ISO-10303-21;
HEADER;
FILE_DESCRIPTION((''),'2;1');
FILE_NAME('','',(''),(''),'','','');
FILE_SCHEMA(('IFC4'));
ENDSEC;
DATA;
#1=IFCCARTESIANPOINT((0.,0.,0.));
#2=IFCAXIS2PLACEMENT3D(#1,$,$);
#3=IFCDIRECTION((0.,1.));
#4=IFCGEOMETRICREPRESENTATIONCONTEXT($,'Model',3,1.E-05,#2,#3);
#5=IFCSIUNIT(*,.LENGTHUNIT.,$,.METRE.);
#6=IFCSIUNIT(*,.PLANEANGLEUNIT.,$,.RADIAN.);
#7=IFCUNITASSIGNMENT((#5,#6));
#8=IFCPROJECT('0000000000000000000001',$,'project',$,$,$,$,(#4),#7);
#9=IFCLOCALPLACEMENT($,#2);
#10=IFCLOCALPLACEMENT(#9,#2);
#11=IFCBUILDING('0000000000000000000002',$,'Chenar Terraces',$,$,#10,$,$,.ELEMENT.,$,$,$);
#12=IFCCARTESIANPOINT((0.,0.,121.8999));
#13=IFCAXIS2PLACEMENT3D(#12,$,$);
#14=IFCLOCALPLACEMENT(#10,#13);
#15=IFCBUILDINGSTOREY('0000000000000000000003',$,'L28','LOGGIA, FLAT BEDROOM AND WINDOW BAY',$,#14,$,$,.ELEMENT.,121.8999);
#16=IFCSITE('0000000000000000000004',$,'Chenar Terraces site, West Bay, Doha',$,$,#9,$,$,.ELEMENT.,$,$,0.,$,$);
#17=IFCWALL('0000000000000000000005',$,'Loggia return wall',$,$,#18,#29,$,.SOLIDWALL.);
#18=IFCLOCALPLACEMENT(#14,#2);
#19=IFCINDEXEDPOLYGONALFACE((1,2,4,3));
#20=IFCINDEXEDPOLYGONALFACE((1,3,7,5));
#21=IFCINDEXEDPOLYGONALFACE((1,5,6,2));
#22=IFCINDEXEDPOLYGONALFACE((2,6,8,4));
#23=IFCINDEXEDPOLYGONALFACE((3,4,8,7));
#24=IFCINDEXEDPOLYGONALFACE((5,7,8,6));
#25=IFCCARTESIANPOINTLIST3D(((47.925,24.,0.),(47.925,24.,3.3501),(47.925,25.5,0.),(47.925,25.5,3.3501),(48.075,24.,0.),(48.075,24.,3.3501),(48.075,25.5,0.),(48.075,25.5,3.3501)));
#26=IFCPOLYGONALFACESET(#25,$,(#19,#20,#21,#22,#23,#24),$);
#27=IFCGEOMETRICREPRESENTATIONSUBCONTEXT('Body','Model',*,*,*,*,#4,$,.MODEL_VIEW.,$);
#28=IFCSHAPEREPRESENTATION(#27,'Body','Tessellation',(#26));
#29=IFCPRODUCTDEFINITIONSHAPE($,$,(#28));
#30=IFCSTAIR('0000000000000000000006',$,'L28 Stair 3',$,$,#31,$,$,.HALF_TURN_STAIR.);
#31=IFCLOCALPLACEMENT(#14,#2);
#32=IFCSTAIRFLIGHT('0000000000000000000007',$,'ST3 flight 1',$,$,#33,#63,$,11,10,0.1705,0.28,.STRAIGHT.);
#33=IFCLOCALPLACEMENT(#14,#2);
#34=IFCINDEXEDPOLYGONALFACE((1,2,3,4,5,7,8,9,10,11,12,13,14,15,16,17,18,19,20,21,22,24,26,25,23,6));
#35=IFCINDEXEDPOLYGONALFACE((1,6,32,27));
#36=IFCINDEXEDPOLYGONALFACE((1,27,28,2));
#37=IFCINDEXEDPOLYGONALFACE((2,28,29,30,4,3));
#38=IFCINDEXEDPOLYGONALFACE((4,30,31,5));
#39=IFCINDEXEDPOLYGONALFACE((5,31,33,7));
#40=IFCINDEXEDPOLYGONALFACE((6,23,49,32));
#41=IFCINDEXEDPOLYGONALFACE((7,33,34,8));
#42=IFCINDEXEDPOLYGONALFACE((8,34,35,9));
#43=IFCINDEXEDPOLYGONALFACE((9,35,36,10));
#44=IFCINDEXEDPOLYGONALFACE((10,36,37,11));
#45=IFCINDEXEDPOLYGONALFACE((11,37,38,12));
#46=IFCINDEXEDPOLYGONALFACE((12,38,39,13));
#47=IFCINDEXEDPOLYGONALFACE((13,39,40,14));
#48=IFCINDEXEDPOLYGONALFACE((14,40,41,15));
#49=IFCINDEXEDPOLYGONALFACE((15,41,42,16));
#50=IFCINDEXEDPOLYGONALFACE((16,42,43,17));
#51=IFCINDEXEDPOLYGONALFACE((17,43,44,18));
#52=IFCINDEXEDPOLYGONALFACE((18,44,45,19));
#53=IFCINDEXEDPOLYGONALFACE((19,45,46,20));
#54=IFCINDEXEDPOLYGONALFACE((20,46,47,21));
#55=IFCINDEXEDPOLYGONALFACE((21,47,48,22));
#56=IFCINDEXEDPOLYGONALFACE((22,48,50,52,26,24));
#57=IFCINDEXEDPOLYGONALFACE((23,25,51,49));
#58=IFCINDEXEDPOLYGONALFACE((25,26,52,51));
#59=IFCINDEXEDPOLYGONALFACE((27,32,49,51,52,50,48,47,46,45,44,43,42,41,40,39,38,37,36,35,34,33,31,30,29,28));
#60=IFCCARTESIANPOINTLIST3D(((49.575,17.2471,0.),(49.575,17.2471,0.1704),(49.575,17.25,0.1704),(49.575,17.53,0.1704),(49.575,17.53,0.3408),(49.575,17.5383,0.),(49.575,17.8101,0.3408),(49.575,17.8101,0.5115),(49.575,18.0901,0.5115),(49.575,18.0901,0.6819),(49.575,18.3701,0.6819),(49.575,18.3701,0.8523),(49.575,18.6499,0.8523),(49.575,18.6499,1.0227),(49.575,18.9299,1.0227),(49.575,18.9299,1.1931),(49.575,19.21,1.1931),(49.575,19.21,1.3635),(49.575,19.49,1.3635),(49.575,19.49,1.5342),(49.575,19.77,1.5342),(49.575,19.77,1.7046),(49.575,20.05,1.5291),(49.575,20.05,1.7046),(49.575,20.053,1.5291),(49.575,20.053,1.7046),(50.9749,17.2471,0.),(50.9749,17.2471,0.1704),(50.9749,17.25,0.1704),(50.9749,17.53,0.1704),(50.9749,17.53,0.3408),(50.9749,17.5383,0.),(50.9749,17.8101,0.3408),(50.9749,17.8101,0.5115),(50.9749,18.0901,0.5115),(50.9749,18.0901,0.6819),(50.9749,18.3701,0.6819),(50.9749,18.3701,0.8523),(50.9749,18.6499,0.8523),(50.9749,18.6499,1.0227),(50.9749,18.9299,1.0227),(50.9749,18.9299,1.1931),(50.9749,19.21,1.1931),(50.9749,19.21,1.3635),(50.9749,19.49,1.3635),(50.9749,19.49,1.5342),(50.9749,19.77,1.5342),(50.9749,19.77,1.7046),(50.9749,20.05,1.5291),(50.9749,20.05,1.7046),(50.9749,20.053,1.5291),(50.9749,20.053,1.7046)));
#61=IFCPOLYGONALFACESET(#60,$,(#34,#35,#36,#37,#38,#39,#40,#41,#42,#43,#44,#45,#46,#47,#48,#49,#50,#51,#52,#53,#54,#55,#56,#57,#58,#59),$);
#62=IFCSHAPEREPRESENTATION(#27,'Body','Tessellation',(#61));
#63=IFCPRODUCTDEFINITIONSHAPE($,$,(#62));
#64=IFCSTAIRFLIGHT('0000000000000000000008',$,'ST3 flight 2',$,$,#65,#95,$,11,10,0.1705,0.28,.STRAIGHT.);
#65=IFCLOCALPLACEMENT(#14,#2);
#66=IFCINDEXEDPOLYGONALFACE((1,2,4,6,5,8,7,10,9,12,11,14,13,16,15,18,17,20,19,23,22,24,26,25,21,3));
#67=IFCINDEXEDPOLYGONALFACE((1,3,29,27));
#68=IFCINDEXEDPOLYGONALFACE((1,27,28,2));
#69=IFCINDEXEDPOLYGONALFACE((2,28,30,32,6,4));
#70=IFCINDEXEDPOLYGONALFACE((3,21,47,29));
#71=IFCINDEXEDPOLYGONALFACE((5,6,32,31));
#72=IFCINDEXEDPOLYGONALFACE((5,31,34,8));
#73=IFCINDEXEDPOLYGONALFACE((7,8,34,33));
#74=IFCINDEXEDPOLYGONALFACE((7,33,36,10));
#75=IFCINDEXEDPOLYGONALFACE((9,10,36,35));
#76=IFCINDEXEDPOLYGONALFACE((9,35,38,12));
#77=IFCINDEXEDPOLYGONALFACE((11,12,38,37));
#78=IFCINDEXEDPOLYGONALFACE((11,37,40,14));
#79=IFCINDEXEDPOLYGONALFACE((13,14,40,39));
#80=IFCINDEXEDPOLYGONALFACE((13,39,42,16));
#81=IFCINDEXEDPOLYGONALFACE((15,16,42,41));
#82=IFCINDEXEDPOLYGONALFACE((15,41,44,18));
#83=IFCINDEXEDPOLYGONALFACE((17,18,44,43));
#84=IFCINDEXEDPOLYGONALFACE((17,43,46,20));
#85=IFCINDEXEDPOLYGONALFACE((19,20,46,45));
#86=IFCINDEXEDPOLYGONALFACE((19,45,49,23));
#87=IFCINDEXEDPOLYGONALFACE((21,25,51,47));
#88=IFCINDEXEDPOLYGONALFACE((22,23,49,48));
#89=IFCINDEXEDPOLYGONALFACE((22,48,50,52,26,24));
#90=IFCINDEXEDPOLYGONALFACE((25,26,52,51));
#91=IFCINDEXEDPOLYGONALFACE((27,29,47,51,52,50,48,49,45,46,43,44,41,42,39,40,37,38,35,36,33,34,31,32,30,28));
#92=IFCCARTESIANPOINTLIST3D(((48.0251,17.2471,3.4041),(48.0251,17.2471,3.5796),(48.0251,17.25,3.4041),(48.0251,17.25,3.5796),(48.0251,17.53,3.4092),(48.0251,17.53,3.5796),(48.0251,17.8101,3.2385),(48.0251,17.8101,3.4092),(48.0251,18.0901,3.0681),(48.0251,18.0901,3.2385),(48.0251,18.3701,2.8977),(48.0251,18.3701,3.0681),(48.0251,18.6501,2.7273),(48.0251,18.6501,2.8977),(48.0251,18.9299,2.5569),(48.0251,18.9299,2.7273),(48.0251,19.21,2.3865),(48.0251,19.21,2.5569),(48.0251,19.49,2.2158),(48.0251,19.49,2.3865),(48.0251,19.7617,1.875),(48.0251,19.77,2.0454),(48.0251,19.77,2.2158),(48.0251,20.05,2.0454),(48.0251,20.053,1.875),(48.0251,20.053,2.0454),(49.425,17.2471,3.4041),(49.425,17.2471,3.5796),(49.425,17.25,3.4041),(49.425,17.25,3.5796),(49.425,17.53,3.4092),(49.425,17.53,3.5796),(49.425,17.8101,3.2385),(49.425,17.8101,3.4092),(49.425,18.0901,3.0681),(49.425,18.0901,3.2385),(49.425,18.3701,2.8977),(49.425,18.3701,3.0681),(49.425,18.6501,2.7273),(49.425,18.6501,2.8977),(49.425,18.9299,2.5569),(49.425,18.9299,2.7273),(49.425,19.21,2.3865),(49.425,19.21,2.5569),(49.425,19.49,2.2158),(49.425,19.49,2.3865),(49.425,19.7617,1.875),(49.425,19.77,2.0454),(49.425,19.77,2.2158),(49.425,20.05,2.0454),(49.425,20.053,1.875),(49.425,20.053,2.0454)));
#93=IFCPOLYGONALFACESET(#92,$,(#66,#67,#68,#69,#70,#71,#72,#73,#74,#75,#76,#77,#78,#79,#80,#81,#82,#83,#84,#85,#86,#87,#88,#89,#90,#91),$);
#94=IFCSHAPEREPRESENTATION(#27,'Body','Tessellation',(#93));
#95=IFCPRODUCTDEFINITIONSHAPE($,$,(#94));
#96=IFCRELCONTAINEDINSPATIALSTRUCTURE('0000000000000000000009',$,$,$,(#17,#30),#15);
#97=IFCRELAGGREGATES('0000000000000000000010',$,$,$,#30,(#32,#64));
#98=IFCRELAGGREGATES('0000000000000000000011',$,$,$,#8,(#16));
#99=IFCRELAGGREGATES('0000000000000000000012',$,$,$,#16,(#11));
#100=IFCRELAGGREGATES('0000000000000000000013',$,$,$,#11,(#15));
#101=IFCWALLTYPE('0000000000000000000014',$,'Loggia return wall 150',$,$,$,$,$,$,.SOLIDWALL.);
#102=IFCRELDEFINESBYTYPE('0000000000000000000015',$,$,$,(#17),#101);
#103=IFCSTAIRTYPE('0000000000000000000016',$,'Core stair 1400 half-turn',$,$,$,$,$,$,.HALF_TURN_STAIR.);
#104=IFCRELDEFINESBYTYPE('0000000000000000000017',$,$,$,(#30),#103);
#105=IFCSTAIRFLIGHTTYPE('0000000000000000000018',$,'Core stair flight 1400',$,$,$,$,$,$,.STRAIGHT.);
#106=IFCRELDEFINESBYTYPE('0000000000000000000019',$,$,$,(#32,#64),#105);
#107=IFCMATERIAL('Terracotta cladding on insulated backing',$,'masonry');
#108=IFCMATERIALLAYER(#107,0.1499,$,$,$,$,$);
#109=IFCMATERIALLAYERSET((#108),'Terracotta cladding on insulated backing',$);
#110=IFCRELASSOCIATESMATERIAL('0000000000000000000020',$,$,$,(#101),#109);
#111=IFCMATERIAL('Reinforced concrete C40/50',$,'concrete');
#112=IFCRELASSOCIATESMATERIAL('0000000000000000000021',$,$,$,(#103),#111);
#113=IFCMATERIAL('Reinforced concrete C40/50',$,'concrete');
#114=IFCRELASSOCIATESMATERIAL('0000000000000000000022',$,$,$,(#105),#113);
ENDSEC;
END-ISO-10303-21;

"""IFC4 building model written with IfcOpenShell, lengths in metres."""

from ifc_helpers import new_model, si_unit, direction, frame, frame_2d, origin, place, context, subcontext, project, spatial, polyline, rectangle, outline, extrude, material, layer, layer_set, type_object, element, aggregate, save


model = new_model("IFC4")

# Units and contexts
model_context = context("Model", 3, precision=1e-05, world=origin(), true_north=direction((0.0, 1.0)))
body_context = subcontext(model_context, "Body", "Model", "MODEL_VIEW")
ifc_project = project(units=[si_unit("LENGTHUNIT", "METRE"), si_unit("PLANEANGLEUNIT", "RADIAN")], contexts=[model_context])

# Site, building, storey
site_placement = place(None, origin())
site = spatial("IfcSite", under=ifc_project, at=site_placement, Name="Chenar Terraces site, West Bay, Doha", CompositionType="ELEMENT", RefElevation=0.0)
building_placement = place(site_placement, origin())
building = spatial("IfcBuilding", under=site, at=building_placement, Name="Chenar Terraces", CompositionType="ELEMENT")
storey_placement = place(building_placement, frame((0.0, 0.0, 121.8999)))
storey = spatial("IfcBuildingStorey", under=building, at=storey_placement, Name="L28", Description="LOGGIA, FLAT BEDROOM AND WINDOW BAY", CompositionType="ELEMENT", Elevation=121.8999)

# Wall
ifc_material_1 = material(Name="Terracotta cladding on insulated backing", Category="masonry")
ifc_layer_1 = layer(ifc_material_1, 0.1499)
ifc_layer_set_1 = layer_set([ifc_layer_1], Name="Terracotta cladding on insulated backing")
wall_type_1 = type_object("IfcWallType", Name="Loggia return wall 150", PredefinedType="SOLIDWALL", material=ifc_layer_set_1)
wall_1_placement = place(storey_placement, frame((48.0, 25.5, 0.0), z_axis=(0.0, 0.0, 1.0), x_axis=(0.0, -1.0, 0.0)))
element("IfcWall", 1, at=wall_1_placement, inside=storey, type_object=wall_type_1, Name="Loggia return wall", PredefinedType="SOLIDWALL", context=body_context, shape_type="SweptSolid", body=[
    extrude(rectangle(XDim=1.5, YDim=0.1499, at=frame_2d((0.75, 0.0))), origin(), (0.0, 0.0, 1.0), 3.3501),
])

# Stair, stair flights
ifc_material_2 = material(Name="Reinforced concrete C40/50", Category="concrete")
stair_type = type_object("IfcStairType", Name="Core stair 1400 half-turn", PredefinedType="HALF_TURN_STAIR", material=ifc_material_2)
stair_placement = place(storey_placement, origin())
stair = element("IfcStair", 2, at=stair_placement, inside=storey, type_object=stair_type, Name="L28 Stair 3", PredefinedType="HALF_TURN_STAIR")
ifc_material_3 = material(Name="Reinforced concrete C40/50", Category="concrete")
stair_flight_type = type_object("IfcStairFlightType", Name="Core stair flight 1400", PredefinedType="STRAIGHT", material=ifc_material_3)
stair_flight_1_placement = place(storey_placement, frame((50.2749, 17.25, 0.0), z_axis=(0.0, 0.0, 1.0), x_axis=(0.0, 1.0, 0.0)))
stair_flight_1 = element("IfcStairFlight", 3, at=stair_flight_1_placement, type_object=stair_flight_type, Name="ST3 flight 1", NumberOfRisers=11, NumberOfTreads=10, PredefinedType="STRAIGHT", RiserHeight=0.1705, TreadLength=0.28, context=body_context, shape_type="SweptSolid", body=[
    extrude(outline(polyline([(-0.0029, 0.0), (-0.0029, 0.1704), (0.0, 0.1704), (0.28, 0.1704), (0.28, 0.3408), (0.5601, 0.3408), (0.5601, 0.5115), (0.8401, 0.5115), (0.8401, 0.6819), (1.1201, 0.6819), (1.1201, 0.8523), (1.3999, 0.8523), (1.3999, 1.0227), (1.6799, 1.0227), (1.6799, 1.1931), (1.96, 1.1931), (1.96, 1.3635), (2.24, 1.3635), (2.24, 1.5342), (2.52, 1.5342), (2.52, 1.7046), (2.8, 1.7046), (2.803, 1.7046), (2.803, 1.5291), (2.8, 1.5291), (0.2883, 0.0), (-0.0029, 0.0)])), frame((0.0, 0.7, 0.0), z_axis=(0.0, -1.0, 0.0), x_axis=(1.0, 0.0, 0.0)), (0.0, 0.0, 1.0), 1.3999),
])
stair_flight_2_placement = place(storey_placement, frame((48.7251, 20.05, 1.875), z_axis=(0.0, 0.0, 1.0), x_axis=(0.0, -1.0, 0.0)))
stair_flight_2 = element("IfcStairFlight", 4, at=stair_flight_2_placement, type_object=stair_flight_type, Name="ST3 flight 2", NumberOfRisers=11, NumberOfTreads=10, PredefinedType="STRAIGHT", RiserHeight=0.1705, TreadLength=0.28, context=body_context, shape_type="SweptSolid", body=[
    extrude(outline(polyline([(-0.0029, 0.0), (-0.0029, 0.1704), (0.0, 0.1704), (0.28, 0.1704), (0.28, 0.3408), (0.5601, 0.3408), (0.5601, 0.5115), (0.8401, 0.5115), (0.8401, 0.6819), (1.1201, 0.6819), (1.1201, 0.8523), (1.3999, 0.8523), (1.3999, 1.0227), (1.6799, 1.0227), (1.6799, 1.1931), (1.96, 1.1931), (1.96, 1.3635), (2.24, 1.3635), (2.24, 1.5342), (2.52, 1.5342), (2.52, 1.7046), (2.8, 1.7046), (2.803, 1.7046), (2.803, 1.5291), (2.8, 1.5291), (0.2883, 0.0), (-0.0029, 0.0)])), frame((0.0, 0.7, 0.0), z_axis=(0.0, -1.0, 0.0), x_axis=(1.0, 0.0, 0.0)), (0.0, 0.0, 1.0), 1.3999),
])
aggregate(stair, [stair_flight_1, stair_flight_2])

save(model, "model.ifc")
